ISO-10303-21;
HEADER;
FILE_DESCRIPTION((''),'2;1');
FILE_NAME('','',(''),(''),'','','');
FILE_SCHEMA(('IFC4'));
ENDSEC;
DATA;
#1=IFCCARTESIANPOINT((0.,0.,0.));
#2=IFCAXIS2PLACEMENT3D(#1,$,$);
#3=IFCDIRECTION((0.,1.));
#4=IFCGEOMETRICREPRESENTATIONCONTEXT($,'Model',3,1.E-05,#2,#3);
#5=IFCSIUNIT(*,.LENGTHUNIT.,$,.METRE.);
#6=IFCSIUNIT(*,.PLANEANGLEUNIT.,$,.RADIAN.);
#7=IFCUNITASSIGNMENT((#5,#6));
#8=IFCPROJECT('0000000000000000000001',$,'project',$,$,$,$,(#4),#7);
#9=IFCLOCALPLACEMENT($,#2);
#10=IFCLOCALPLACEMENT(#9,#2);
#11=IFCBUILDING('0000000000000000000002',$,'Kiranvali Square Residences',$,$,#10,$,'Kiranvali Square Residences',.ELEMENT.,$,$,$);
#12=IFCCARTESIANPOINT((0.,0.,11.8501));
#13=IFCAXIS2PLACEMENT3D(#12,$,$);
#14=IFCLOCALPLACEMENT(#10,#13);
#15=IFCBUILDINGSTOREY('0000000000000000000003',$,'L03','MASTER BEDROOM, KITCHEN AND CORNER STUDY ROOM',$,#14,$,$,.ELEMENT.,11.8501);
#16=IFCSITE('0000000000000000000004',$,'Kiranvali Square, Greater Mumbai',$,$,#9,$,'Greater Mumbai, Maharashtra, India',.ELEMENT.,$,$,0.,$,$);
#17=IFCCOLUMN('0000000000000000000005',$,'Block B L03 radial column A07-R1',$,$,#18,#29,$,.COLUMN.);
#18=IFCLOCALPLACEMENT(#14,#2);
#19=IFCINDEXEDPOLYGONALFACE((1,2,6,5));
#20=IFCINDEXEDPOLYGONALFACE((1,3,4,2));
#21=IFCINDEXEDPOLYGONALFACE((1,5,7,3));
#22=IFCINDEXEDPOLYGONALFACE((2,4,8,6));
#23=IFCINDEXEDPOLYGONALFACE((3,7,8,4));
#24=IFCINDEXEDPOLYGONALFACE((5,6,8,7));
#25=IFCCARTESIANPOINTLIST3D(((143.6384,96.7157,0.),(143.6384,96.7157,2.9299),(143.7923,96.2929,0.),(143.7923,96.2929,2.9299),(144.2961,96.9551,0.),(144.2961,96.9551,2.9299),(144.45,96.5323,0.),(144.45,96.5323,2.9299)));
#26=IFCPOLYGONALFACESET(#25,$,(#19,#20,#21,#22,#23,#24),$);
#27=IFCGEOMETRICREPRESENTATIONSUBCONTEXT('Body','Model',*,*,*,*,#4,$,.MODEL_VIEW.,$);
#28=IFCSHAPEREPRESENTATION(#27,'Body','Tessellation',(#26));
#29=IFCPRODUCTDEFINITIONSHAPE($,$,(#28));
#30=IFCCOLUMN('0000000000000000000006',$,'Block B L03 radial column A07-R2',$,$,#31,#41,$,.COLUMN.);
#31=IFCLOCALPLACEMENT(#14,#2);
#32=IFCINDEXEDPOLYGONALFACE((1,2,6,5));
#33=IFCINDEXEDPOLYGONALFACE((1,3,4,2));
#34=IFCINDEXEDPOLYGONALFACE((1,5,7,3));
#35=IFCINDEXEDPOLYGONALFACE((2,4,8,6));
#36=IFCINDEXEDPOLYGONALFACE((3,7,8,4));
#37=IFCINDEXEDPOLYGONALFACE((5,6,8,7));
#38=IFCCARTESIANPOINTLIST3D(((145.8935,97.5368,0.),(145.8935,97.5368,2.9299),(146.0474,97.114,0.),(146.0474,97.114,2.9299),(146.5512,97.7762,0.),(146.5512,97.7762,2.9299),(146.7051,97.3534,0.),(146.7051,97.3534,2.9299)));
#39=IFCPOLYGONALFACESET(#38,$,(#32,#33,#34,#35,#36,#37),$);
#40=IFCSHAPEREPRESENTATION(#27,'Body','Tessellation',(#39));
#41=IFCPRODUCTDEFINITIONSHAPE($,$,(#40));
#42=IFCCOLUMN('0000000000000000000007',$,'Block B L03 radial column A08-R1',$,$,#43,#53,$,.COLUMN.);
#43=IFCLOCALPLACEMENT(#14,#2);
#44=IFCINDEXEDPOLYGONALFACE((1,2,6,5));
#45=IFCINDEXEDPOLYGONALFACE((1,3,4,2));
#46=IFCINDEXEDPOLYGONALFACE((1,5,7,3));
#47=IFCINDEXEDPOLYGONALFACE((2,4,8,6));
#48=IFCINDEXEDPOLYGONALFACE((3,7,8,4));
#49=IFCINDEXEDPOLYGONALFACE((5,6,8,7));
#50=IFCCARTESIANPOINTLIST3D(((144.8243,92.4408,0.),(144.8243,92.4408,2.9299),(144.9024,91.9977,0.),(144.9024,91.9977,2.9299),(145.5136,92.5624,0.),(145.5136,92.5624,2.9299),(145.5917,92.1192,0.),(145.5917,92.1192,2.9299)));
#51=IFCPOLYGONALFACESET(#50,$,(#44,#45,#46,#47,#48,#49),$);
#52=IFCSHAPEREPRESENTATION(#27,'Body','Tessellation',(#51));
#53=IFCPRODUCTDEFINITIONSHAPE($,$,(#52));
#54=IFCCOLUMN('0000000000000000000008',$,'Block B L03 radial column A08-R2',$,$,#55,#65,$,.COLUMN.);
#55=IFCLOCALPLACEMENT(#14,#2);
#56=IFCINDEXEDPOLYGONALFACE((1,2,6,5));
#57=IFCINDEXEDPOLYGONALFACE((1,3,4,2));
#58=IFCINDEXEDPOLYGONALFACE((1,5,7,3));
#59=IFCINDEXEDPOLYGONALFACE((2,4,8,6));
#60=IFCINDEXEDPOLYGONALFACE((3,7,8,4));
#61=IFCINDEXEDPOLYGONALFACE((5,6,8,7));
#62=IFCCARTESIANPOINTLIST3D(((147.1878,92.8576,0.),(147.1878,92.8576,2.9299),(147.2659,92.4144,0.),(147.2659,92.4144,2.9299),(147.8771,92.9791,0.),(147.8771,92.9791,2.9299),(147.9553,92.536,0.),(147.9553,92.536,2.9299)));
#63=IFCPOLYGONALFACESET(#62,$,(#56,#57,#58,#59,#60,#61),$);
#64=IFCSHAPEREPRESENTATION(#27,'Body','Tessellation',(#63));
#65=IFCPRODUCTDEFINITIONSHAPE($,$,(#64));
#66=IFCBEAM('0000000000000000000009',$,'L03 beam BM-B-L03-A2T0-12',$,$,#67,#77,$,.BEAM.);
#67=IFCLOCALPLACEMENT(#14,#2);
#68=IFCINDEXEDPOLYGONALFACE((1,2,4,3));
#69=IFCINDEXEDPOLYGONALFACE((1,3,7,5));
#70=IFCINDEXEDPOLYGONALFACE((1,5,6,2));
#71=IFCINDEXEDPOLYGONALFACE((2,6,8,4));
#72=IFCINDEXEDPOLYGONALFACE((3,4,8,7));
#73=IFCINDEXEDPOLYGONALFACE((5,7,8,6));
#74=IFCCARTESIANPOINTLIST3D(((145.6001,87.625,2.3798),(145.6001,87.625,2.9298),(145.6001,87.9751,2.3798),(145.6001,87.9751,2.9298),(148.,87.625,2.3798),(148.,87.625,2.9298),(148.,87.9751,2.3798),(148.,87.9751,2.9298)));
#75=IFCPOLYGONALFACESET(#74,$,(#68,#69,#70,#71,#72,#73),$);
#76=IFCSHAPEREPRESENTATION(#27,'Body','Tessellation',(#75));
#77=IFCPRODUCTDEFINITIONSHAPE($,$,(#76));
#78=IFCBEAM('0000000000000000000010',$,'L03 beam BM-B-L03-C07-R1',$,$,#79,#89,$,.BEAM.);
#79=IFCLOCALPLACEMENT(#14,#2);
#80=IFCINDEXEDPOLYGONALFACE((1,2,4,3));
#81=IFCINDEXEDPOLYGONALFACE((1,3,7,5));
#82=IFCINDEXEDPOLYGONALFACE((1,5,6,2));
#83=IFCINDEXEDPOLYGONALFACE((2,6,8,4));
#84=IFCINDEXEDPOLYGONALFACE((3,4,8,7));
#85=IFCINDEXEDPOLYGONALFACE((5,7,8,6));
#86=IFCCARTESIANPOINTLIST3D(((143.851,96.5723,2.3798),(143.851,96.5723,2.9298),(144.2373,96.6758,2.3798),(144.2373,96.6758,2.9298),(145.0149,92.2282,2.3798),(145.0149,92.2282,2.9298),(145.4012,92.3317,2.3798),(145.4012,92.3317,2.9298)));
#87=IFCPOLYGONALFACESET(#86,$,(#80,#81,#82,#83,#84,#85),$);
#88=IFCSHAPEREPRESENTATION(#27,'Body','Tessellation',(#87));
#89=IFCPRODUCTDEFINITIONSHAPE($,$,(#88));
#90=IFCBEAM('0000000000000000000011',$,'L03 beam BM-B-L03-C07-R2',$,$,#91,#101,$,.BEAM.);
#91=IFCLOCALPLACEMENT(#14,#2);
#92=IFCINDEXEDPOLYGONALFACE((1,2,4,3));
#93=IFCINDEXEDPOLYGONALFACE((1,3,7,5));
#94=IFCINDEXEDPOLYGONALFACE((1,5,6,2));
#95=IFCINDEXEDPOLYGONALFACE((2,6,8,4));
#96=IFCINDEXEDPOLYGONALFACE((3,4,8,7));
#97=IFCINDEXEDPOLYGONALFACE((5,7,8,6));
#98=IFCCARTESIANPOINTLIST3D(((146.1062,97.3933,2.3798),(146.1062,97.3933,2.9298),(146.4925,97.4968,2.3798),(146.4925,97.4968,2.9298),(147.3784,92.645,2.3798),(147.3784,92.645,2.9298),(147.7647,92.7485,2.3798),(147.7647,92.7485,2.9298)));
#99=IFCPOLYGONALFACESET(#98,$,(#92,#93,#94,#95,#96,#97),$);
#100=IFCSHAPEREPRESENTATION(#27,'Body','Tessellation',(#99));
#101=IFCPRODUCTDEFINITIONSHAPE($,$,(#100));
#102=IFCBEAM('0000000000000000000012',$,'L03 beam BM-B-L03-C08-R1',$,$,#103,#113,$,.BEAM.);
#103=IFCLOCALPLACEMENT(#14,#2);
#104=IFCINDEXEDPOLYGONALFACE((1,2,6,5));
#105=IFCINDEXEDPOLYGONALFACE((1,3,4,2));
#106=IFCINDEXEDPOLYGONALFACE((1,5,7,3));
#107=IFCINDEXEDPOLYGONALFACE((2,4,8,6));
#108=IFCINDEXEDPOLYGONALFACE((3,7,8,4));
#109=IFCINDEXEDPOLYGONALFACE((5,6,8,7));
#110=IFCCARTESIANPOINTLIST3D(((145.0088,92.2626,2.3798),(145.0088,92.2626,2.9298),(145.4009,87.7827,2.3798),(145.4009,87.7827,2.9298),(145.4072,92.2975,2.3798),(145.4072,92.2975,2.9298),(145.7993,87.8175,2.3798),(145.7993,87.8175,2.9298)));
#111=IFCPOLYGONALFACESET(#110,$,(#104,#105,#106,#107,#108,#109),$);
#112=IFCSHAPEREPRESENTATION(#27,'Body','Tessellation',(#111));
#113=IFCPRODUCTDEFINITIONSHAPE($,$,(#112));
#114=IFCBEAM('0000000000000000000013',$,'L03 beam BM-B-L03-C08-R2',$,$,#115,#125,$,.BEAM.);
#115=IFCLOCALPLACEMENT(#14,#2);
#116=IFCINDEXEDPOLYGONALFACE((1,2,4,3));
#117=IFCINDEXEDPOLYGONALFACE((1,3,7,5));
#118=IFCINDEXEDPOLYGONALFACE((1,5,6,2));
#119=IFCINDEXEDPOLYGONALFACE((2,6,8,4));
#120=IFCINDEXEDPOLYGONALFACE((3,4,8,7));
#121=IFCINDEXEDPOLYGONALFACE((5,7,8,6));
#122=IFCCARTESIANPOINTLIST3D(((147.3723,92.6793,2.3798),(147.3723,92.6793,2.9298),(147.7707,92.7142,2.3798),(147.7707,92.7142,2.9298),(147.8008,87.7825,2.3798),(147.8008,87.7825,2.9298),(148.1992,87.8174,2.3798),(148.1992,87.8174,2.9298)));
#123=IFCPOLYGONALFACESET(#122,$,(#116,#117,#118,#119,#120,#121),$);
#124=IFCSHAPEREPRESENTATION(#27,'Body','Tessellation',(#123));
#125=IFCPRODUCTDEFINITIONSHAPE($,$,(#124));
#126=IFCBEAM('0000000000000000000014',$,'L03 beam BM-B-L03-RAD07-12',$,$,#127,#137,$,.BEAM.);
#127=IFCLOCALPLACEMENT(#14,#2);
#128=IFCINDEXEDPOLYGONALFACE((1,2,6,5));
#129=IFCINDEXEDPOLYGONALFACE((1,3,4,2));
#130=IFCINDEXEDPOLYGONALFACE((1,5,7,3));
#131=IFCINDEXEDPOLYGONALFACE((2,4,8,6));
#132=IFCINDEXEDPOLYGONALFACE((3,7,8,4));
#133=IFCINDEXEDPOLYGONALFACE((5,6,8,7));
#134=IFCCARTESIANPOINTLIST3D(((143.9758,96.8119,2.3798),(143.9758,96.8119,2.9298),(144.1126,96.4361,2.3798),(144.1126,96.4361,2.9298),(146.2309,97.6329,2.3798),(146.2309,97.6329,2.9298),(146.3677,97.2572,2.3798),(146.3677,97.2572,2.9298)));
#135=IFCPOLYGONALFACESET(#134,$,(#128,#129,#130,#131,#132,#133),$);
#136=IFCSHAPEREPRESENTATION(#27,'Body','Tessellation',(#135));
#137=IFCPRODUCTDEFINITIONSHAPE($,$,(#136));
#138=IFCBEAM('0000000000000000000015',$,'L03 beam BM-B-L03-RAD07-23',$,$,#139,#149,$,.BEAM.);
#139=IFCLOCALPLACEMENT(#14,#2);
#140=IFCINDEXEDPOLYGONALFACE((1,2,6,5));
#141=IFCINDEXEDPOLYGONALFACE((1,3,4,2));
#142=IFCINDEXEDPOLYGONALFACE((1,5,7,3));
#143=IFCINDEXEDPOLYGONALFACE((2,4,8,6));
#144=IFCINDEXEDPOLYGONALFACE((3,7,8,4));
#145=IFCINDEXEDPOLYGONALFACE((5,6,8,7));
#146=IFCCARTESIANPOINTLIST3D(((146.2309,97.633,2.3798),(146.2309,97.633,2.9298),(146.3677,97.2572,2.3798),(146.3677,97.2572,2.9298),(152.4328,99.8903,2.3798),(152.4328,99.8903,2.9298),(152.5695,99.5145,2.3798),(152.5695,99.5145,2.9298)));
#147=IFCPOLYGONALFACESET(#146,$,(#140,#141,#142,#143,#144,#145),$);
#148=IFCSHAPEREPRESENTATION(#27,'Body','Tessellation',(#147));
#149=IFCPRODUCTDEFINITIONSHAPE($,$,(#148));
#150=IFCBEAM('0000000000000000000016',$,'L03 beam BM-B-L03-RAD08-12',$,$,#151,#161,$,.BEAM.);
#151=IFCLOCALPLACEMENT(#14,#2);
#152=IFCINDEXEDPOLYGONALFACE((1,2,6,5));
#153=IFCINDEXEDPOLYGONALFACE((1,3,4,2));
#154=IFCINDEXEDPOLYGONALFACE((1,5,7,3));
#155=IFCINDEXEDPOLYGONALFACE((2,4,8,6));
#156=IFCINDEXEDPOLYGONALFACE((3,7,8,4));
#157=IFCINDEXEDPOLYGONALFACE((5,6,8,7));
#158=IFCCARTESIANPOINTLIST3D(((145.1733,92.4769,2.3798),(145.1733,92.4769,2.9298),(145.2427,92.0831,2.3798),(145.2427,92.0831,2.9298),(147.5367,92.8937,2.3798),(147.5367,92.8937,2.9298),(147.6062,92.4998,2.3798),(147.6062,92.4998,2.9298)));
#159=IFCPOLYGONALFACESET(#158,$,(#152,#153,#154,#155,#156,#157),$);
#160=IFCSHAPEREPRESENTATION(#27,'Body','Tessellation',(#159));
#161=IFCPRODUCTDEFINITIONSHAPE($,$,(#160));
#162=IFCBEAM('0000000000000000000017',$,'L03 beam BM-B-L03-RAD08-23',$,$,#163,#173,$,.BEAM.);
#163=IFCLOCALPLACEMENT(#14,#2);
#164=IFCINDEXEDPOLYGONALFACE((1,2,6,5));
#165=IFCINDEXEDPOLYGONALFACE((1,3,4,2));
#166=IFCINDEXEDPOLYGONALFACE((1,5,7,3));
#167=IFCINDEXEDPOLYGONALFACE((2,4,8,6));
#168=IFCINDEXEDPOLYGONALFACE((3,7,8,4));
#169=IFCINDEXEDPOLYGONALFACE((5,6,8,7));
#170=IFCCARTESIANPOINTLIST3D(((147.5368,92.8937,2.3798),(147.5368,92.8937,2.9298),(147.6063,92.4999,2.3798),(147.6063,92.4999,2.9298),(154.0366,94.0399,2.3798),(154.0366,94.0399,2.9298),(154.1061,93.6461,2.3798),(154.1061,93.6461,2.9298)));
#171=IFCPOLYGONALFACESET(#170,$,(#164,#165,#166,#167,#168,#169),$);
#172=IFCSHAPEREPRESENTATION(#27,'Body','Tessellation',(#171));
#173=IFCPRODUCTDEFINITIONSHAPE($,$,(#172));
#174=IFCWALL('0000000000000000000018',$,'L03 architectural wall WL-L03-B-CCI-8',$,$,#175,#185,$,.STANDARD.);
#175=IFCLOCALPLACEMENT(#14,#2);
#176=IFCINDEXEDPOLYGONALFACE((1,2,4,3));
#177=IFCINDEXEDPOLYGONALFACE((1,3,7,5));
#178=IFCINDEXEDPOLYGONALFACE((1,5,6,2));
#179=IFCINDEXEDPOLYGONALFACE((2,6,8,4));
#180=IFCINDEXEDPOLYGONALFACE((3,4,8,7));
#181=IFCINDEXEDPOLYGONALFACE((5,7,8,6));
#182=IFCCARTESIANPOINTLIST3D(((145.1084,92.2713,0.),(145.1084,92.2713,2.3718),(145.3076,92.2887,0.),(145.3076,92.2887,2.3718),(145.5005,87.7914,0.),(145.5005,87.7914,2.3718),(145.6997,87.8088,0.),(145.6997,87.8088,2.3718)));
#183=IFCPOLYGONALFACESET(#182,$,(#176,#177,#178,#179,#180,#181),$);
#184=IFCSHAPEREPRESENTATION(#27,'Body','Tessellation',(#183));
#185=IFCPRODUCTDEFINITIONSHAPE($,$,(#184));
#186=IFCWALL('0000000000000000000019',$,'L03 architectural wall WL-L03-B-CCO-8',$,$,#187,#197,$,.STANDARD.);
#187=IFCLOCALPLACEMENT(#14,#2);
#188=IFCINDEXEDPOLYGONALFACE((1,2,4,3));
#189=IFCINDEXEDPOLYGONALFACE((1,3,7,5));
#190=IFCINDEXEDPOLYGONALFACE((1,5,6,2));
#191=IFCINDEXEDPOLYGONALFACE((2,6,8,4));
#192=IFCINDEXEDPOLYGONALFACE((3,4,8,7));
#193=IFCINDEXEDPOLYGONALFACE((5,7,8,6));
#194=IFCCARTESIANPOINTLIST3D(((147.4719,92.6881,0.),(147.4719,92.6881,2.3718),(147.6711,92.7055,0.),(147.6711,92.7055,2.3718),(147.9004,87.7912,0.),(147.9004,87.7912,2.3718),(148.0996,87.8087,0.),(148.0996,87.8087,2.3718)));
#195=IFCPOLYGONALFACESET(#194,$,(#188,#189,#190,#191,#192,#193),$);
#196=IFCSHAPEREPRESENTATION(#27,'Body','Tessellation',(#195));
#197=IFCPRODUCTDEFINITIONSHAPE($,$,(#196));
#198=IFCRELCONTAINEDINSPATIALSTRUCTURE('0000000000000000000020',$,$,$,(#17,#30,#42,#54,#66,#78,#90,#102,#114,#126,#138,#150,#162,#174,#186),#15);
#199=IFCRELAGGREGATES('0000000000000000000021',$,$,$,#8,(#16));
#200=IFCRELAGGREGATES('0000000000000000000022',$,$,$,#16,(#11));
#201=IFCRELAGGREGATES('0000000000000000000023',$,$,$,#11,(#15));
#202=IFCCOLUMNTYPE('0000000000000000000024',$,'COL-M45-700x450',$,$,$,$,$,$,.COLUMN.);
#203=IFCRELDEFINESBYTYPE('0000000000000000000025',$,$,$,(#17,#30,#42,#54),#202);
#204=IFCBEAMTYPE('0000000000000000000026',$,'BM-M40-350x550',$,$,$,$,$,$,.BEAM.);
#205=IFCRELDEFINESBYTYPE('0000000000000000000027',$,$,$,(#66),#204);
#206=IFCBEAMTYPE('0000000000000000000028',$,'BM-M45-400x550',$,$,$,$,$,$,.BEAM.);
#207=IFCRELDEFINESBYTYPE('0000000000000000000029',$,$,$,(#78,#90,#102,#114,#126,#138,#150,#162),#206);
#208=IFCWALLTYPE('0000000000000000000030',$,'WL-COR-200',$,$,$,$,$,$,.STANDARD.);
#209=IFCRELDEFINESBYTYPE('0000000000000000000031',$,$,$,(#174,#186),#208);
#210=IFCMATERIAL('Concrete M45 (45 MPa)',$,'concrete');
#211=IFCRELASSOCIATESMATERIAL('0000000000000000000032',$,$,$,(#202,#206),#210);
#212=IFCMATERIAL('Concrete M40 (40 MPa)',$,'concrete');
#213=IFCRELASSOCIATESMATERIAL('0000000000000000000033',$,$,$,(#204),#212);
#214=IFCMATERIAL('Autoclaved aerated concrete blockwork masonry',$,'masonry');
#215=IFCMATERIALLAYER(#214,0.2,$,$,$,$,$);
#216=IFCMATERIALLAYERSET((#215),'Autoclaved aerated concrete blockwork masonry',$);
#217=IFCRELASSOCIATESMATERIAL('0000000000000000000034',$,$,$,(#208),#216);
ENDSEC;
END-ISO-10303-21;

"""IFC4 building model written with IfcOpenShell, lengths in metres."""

from ifc_helpers import new_model, si_unit, direction, frame, frame_2d, origin, origin_2d, place, context, subcontext, project, spatial, rectangle, extrude, material, layer, layer_set, material_profile, profile_set, type_object, element, save


model = new_model("IFC4")

# Units and contexts
model_context = context("Model", 3, precision=1e-05, world=origin(), true_north=direction((0.0, 1.0)))
body_context = subcontext(model_context, "Body", "Model", "MODEL_VIEW")
ifc_project = project(units=[si_unit("LENGTHUNIT", "METRE"), si_unit("PLANEANGLEUNIT", "RADIAN")], contexts=[model_context])

# Site, building, storey
site_placement = place(None, origin())
site = spatial("IfcSite", under=ifc_project, at=site_placement, Name="Kiranvali Square, Greater Mumbai", LongName="Greater Mumbai, Maharashtra, India", CompositionType="ELEMENT", RefElevation=0.0)
building_placement = place(site_placement, origin())
building = spatial("IfcBuilding", under=site, at=building_placement, Name="Kiranvali Square Residences", LongName="Kiranvali Square Residences", CompositionType="ELEMENT")
storey_placement = place(building_placement, frame((0.0, 0.0, 11.8501)))
storey = spatial("IfcBuildingStorey", under=building, at=storey_placement, Name="L03", Description="MASTER BEDROOM, KITCHEN AND CORNER STUDY ROOM", CompositionType="ELEMENT", Elevation=11.8501)

# Columns
ifc_material_1 = material(Name="Concrete M45 (45 MPa)", Category="concrete")
ifc_material_profile_1 = material_profile(ifc_material_1, rectangle(XDim=0.45, YDim=0.7, at=origin_2d()), Name="RC 700x450")
ifc_profile_set_1 = profile_set([ifc_material_profile_1], Name="Concrete M45 (45 MPa)")
column_type = type_object("IfcColumnType", Name="COL-M45-700x450", PredefinedType="COLUMN", material=ifc_profile_set_1)
for number, where, z_axis, x_axis, name in (
    (1, (144.0442, 96.624, 0.0), (0.0, 0.0, 1.0), (-0.34202, 0.939693, 0.0), "Block B L03 radial column A07-R1"),
    (2, (146.2993, 97.4451, 0.0), (0.0, 0.0, 1.0), (-0.34202, 0.939693, 0.0), "Block B L03 radial column A07-R2"),
    (3, (145.208, 92.28, 0.0), (0.0, 0.0, 1.0), (-0.173648, 0.984808, 0.0), "Block B L03 radial column A08-R1"),
    (4, (147.5715, 92.6968, 0.0), (0.0, 0.0, 1.0), (-0.173648, 0.984808, 0.0), "Block B L03 radial column A08-R2"),
):
    element("IfcColumn", number, at=place(storey_placement, frame(where, z_axis=z_axis, x_axis=x_axis)), inside=storey, type_object=column_type, Name=name, PredefinedType="COLUMN", context=body_context, shape_type="SweptSolid", body=[
        extrude(rectangle(XDim=0.45, YDim=0.7, at=origin_2d()), origin(), (0.0, 0.0, 1.0), 2.9299),
    ])

# Beams
ifc_material_2 = material(Name="Concrete M40 (40 MPa)", Category="concrete")
ifc_material_profile_2 = material_profile(ifc_material_2, rectangle(XDim=0.3501, YDim=0.55, at=origin_2d()), Name="RC 350x550")
ifc_profile_set_2 = profile_set([ifc_material_profile_2], Name="Concrete M40 (40 MPa)")
beam_type_1 = type_object("IfcBeamType", Name="BM-M40-350x550", PredefinedType="BEAM", material=ifc_profile_set_2)
beam_1_placement = place(storey_placement, frame((145.6001, 87.8, 2.6548), z_axis=(1.0, 0.0, 0.0), x_axis=(0.0, 1.0, 0.0)))
element("IfcBeam", 5, at=beam_1_placement, inside=storey, type_object=beam_type_1, Name="L03 beam BM-B-L03-A2T0-12", PredefinedType="BEAM", context=body_context, shape_type="SweptSolid", body=[
    extrude(rectangle(XDim=0.3501, YDim=0.55, at=origin_2d()), origin(), (0.0, 0.0, 1.0), 2.3999),
])
ifc_material_profile_3 = material_profile(ifc_material_1, rectangle(XDim=0.3999, YDim=0.55, at=origin_2d()), Name="RC 400x550")
ifc_profile_set_3 = profile_set([ifc_material_profile_3], Name="Concrete M45 (45 MPa)")
beam_type_2 = type_object("IfcBeamType", Name="BM-M45-400x550", PredefinedType="BEAM", material=ifc_profile_set_3)
beam_2_placement = place(storey_placement, frame((144.0442, 96.624, 2.6548), z_axis=(0.258788, -0.965934, 0.0), x_axis=(0.965934, 0.258788, 0.0)))
element("IfcBeam", 6, at=beam_2_placement, inside=storey, type_object=beam_type_2, Name="L03 beam BM-B-L03-C07-R1", PredefinedType="BEAM", context=body_context, shape_type="SweptSolid", body=[
    extrude(rectangle(XDim=0.3999, YDim=0.55, at=origin_2d()), origin(), (0.0, 0.0, 1.0), 4.4973),
])
beam_3_placement = place(storey_placement, frame((146.2993, 97.4451, 2.6548), z_axis=(0.258803, -0.96593, 0.0), x_axis=(0.96593, 0.258803, 0.0)))
element("IfcBeam", 7, at=beam_3_placement, inside=storey, type_object=beam_type_2, Name="L03 beam BM-B-L03-C07-R2", PredefinedType="BEAM", context=body_context, shape_type="SweptSolid", body=[
    extrude(rectangle(XDim=0.3999, YDim=0.55, at=origin_2d()), origin(), (0.0, 0.0, 1.0), 4.9158),
])
beam_4_placement = place(storey_placement, frame((145.208, 92.28, 2.6548), z_axis=(0.087187, -0.996192, 0.0), x_axis=(0.996192, 0.087187, 0.0)))
element("IfcBeam", 8, at=beam_4_placement, inside=storey, type_object=beam_type_2, Name="L03 beam BM-B-L03-C08-R1", PredefinedType="BEAM", context=body_context, shape_type="SweptSolid", body=[
    extrude(rectangle(XDim=0.3999, YDim=0.55, at=origin_2d()), origin(), (0.0, 0.0, 1.0), 4.4971),
])
beam_5_placement = place(storey_placement, frame((147.5715, 92.6968, 2.6548), z_axis=(0.087168, -0.996194, 0.0), x_axis=(0.996194, 0.087168, 0.0)))
element("IfcBeam", 9, at=beam_5_placement, inside=storey, type_object=beam_type_2, Name="L03 beam BM-B-L03-C08-R2", PredefinedType="BEAM", context=body_context, shape_type="SweptSolid", body=[
    extrude(rectangle(XDim=0.3999, YDim=0.55, at=origin_2d()), origin(), (0.0, 0.0, 1.0), 4.9155),
])
beam_6_placement = place(storey_placement, frame((144.0442, 96.624, 2.6548), z_axis=(0.93966, 0.342111, 0.0), x_axis=(-0.342111, 0.93966, 0.0)))
element("IfcBeam", 10, at=beam_6_placement, inside=storey, type_object=beam_type_2, Name="L03 beam BM-B-L03-RAD07-12", PredefinedType="BEAM", context=body_context, shape_type="SweptSolid", body=[
    extrude(rectangle(XDim=0.3999, YDim=0.55, at=origin_2d()), origin(), (0.0, 0.0, 1.0), 2.3999),
])
beam_7_placement = place(storey_placement, frame((146.2993, 97.4451, 2.6548), z_axis=(0.939692, 0.342022, 0.0), x_axis=(-0.342022, 0.939692, 0.0)))
element("IfcBeam", 11, at=beam_7_placement, inside=storey, type_object=beam_type_2, Name="L03 beam BM-B-L03-RAD07-23", PredefinedType="BEAM", context=body_context, shape_type="SweptSolid", body=[
    extrude(rectangle(XDim=0.3999, YDim=0.55, at=origin_2d()), origin(), (0.0, 0.0, 1.0), 6.5999),
])
beam_8_placement = place(storey_placement, frame((145.208, 92.28, 2.6548), z_axis=(0.984808, 0.173646, 0.0), x_axis=(-0.173646, 0.984808, 0.0)))
element("IfcBeam", 12, at=beam_8_placement, inside=storey, type_object=beam_type_2, Name="L03 beam BM-B-L03-RAD08-12", PredefinedType="BEAM", context=body_context, shape_type="SweptSolid", body=[
    extrude(rectangle(XDim=0.3999, YDim=0.55, at=origin_2d()), origin(), (0.0, 0.0, 1.0), 2.3999),
])
beam_9_placement = place(storey_placement, frame((147.5715, 92.6968, 2.6548), z_axis=(0.984804, 0.173671, 0.0), x_axis=(-0.173671, 0.984804, 0.0)))
element("IfcBeam", 13, at=beam_9_placement, inside=storey, type_object=beam_type_2, Name="L03 beam BM-B-L03-RAD08-23", PredefinedType="BEAM", context=body_context, shape_type="SweptSolid", body=[
    extrude(rectangle(XDim=0.3999, YDim=0.55, at=origin_2d()), origin(), (0.0, 0.0, 1.0), 6.6001),
])

# Shared definitions
ifc_material_3 = material(Name="Autoclaved aerated concrete blockwork masonry", Category="masonry")
ifc_layer_1 = layer(ifc_material_3, 0.2)
ifc_layer_set_1 = layer_set([ifc_layer_1], Name="Autoclaved aerated concrete blockwork masonry")
wall_type_1 = type_object("IfcWallType", Name="WL-COR-200", PredefinedType="STANDARD", material=ifc_layer_set_1)

# Walls
wall_1_placement = place(storey_placement, frame((145.208, 92.28, 0.0), z_axis=(0.0, 0.0, 1.0), x_axis=(0.087187, -0.996192, 0.0)))
element("IfcWall", 14, at=wall_1_placement, inside=storey, type_object=wall_type_1, Name="L03 architectural wall WL-L03-B-CCI-8", PredefinedType="STANDARD", context=body_context, shape_type="SweptSolid", body=[
    extrude(rectangle(XDim=4.4971, YDim=0.2, at=frame_2d((2.2485, 0.0))), origin(), (0.0, 0.0, 1.0), 2.3718),
])
wall_2_placement = place(storey_placement, frame((147.5715, 92.6968, 0.0), z_axis=(0.0, 0.0, 1.0), x_axis=(0.087168, -0.996194, 0.0)))
element("IfcWall", 15, at=wall_2_placement, inside=storey, type_object=wall_type_1, Name="L03 architectural wall WL-L03-B-CCO-8", PredefinedType="STANDARD", context=body_context, shape_type="SweptSolid", body=[
    extrude(rectangle(XDim=4.9155, YDim=0.2, at=frame_2d((2.4578, 0.0))), origin(), (0.0, 0.0, 1.0), 2.3718),
])

save(model, "model.ifc")
